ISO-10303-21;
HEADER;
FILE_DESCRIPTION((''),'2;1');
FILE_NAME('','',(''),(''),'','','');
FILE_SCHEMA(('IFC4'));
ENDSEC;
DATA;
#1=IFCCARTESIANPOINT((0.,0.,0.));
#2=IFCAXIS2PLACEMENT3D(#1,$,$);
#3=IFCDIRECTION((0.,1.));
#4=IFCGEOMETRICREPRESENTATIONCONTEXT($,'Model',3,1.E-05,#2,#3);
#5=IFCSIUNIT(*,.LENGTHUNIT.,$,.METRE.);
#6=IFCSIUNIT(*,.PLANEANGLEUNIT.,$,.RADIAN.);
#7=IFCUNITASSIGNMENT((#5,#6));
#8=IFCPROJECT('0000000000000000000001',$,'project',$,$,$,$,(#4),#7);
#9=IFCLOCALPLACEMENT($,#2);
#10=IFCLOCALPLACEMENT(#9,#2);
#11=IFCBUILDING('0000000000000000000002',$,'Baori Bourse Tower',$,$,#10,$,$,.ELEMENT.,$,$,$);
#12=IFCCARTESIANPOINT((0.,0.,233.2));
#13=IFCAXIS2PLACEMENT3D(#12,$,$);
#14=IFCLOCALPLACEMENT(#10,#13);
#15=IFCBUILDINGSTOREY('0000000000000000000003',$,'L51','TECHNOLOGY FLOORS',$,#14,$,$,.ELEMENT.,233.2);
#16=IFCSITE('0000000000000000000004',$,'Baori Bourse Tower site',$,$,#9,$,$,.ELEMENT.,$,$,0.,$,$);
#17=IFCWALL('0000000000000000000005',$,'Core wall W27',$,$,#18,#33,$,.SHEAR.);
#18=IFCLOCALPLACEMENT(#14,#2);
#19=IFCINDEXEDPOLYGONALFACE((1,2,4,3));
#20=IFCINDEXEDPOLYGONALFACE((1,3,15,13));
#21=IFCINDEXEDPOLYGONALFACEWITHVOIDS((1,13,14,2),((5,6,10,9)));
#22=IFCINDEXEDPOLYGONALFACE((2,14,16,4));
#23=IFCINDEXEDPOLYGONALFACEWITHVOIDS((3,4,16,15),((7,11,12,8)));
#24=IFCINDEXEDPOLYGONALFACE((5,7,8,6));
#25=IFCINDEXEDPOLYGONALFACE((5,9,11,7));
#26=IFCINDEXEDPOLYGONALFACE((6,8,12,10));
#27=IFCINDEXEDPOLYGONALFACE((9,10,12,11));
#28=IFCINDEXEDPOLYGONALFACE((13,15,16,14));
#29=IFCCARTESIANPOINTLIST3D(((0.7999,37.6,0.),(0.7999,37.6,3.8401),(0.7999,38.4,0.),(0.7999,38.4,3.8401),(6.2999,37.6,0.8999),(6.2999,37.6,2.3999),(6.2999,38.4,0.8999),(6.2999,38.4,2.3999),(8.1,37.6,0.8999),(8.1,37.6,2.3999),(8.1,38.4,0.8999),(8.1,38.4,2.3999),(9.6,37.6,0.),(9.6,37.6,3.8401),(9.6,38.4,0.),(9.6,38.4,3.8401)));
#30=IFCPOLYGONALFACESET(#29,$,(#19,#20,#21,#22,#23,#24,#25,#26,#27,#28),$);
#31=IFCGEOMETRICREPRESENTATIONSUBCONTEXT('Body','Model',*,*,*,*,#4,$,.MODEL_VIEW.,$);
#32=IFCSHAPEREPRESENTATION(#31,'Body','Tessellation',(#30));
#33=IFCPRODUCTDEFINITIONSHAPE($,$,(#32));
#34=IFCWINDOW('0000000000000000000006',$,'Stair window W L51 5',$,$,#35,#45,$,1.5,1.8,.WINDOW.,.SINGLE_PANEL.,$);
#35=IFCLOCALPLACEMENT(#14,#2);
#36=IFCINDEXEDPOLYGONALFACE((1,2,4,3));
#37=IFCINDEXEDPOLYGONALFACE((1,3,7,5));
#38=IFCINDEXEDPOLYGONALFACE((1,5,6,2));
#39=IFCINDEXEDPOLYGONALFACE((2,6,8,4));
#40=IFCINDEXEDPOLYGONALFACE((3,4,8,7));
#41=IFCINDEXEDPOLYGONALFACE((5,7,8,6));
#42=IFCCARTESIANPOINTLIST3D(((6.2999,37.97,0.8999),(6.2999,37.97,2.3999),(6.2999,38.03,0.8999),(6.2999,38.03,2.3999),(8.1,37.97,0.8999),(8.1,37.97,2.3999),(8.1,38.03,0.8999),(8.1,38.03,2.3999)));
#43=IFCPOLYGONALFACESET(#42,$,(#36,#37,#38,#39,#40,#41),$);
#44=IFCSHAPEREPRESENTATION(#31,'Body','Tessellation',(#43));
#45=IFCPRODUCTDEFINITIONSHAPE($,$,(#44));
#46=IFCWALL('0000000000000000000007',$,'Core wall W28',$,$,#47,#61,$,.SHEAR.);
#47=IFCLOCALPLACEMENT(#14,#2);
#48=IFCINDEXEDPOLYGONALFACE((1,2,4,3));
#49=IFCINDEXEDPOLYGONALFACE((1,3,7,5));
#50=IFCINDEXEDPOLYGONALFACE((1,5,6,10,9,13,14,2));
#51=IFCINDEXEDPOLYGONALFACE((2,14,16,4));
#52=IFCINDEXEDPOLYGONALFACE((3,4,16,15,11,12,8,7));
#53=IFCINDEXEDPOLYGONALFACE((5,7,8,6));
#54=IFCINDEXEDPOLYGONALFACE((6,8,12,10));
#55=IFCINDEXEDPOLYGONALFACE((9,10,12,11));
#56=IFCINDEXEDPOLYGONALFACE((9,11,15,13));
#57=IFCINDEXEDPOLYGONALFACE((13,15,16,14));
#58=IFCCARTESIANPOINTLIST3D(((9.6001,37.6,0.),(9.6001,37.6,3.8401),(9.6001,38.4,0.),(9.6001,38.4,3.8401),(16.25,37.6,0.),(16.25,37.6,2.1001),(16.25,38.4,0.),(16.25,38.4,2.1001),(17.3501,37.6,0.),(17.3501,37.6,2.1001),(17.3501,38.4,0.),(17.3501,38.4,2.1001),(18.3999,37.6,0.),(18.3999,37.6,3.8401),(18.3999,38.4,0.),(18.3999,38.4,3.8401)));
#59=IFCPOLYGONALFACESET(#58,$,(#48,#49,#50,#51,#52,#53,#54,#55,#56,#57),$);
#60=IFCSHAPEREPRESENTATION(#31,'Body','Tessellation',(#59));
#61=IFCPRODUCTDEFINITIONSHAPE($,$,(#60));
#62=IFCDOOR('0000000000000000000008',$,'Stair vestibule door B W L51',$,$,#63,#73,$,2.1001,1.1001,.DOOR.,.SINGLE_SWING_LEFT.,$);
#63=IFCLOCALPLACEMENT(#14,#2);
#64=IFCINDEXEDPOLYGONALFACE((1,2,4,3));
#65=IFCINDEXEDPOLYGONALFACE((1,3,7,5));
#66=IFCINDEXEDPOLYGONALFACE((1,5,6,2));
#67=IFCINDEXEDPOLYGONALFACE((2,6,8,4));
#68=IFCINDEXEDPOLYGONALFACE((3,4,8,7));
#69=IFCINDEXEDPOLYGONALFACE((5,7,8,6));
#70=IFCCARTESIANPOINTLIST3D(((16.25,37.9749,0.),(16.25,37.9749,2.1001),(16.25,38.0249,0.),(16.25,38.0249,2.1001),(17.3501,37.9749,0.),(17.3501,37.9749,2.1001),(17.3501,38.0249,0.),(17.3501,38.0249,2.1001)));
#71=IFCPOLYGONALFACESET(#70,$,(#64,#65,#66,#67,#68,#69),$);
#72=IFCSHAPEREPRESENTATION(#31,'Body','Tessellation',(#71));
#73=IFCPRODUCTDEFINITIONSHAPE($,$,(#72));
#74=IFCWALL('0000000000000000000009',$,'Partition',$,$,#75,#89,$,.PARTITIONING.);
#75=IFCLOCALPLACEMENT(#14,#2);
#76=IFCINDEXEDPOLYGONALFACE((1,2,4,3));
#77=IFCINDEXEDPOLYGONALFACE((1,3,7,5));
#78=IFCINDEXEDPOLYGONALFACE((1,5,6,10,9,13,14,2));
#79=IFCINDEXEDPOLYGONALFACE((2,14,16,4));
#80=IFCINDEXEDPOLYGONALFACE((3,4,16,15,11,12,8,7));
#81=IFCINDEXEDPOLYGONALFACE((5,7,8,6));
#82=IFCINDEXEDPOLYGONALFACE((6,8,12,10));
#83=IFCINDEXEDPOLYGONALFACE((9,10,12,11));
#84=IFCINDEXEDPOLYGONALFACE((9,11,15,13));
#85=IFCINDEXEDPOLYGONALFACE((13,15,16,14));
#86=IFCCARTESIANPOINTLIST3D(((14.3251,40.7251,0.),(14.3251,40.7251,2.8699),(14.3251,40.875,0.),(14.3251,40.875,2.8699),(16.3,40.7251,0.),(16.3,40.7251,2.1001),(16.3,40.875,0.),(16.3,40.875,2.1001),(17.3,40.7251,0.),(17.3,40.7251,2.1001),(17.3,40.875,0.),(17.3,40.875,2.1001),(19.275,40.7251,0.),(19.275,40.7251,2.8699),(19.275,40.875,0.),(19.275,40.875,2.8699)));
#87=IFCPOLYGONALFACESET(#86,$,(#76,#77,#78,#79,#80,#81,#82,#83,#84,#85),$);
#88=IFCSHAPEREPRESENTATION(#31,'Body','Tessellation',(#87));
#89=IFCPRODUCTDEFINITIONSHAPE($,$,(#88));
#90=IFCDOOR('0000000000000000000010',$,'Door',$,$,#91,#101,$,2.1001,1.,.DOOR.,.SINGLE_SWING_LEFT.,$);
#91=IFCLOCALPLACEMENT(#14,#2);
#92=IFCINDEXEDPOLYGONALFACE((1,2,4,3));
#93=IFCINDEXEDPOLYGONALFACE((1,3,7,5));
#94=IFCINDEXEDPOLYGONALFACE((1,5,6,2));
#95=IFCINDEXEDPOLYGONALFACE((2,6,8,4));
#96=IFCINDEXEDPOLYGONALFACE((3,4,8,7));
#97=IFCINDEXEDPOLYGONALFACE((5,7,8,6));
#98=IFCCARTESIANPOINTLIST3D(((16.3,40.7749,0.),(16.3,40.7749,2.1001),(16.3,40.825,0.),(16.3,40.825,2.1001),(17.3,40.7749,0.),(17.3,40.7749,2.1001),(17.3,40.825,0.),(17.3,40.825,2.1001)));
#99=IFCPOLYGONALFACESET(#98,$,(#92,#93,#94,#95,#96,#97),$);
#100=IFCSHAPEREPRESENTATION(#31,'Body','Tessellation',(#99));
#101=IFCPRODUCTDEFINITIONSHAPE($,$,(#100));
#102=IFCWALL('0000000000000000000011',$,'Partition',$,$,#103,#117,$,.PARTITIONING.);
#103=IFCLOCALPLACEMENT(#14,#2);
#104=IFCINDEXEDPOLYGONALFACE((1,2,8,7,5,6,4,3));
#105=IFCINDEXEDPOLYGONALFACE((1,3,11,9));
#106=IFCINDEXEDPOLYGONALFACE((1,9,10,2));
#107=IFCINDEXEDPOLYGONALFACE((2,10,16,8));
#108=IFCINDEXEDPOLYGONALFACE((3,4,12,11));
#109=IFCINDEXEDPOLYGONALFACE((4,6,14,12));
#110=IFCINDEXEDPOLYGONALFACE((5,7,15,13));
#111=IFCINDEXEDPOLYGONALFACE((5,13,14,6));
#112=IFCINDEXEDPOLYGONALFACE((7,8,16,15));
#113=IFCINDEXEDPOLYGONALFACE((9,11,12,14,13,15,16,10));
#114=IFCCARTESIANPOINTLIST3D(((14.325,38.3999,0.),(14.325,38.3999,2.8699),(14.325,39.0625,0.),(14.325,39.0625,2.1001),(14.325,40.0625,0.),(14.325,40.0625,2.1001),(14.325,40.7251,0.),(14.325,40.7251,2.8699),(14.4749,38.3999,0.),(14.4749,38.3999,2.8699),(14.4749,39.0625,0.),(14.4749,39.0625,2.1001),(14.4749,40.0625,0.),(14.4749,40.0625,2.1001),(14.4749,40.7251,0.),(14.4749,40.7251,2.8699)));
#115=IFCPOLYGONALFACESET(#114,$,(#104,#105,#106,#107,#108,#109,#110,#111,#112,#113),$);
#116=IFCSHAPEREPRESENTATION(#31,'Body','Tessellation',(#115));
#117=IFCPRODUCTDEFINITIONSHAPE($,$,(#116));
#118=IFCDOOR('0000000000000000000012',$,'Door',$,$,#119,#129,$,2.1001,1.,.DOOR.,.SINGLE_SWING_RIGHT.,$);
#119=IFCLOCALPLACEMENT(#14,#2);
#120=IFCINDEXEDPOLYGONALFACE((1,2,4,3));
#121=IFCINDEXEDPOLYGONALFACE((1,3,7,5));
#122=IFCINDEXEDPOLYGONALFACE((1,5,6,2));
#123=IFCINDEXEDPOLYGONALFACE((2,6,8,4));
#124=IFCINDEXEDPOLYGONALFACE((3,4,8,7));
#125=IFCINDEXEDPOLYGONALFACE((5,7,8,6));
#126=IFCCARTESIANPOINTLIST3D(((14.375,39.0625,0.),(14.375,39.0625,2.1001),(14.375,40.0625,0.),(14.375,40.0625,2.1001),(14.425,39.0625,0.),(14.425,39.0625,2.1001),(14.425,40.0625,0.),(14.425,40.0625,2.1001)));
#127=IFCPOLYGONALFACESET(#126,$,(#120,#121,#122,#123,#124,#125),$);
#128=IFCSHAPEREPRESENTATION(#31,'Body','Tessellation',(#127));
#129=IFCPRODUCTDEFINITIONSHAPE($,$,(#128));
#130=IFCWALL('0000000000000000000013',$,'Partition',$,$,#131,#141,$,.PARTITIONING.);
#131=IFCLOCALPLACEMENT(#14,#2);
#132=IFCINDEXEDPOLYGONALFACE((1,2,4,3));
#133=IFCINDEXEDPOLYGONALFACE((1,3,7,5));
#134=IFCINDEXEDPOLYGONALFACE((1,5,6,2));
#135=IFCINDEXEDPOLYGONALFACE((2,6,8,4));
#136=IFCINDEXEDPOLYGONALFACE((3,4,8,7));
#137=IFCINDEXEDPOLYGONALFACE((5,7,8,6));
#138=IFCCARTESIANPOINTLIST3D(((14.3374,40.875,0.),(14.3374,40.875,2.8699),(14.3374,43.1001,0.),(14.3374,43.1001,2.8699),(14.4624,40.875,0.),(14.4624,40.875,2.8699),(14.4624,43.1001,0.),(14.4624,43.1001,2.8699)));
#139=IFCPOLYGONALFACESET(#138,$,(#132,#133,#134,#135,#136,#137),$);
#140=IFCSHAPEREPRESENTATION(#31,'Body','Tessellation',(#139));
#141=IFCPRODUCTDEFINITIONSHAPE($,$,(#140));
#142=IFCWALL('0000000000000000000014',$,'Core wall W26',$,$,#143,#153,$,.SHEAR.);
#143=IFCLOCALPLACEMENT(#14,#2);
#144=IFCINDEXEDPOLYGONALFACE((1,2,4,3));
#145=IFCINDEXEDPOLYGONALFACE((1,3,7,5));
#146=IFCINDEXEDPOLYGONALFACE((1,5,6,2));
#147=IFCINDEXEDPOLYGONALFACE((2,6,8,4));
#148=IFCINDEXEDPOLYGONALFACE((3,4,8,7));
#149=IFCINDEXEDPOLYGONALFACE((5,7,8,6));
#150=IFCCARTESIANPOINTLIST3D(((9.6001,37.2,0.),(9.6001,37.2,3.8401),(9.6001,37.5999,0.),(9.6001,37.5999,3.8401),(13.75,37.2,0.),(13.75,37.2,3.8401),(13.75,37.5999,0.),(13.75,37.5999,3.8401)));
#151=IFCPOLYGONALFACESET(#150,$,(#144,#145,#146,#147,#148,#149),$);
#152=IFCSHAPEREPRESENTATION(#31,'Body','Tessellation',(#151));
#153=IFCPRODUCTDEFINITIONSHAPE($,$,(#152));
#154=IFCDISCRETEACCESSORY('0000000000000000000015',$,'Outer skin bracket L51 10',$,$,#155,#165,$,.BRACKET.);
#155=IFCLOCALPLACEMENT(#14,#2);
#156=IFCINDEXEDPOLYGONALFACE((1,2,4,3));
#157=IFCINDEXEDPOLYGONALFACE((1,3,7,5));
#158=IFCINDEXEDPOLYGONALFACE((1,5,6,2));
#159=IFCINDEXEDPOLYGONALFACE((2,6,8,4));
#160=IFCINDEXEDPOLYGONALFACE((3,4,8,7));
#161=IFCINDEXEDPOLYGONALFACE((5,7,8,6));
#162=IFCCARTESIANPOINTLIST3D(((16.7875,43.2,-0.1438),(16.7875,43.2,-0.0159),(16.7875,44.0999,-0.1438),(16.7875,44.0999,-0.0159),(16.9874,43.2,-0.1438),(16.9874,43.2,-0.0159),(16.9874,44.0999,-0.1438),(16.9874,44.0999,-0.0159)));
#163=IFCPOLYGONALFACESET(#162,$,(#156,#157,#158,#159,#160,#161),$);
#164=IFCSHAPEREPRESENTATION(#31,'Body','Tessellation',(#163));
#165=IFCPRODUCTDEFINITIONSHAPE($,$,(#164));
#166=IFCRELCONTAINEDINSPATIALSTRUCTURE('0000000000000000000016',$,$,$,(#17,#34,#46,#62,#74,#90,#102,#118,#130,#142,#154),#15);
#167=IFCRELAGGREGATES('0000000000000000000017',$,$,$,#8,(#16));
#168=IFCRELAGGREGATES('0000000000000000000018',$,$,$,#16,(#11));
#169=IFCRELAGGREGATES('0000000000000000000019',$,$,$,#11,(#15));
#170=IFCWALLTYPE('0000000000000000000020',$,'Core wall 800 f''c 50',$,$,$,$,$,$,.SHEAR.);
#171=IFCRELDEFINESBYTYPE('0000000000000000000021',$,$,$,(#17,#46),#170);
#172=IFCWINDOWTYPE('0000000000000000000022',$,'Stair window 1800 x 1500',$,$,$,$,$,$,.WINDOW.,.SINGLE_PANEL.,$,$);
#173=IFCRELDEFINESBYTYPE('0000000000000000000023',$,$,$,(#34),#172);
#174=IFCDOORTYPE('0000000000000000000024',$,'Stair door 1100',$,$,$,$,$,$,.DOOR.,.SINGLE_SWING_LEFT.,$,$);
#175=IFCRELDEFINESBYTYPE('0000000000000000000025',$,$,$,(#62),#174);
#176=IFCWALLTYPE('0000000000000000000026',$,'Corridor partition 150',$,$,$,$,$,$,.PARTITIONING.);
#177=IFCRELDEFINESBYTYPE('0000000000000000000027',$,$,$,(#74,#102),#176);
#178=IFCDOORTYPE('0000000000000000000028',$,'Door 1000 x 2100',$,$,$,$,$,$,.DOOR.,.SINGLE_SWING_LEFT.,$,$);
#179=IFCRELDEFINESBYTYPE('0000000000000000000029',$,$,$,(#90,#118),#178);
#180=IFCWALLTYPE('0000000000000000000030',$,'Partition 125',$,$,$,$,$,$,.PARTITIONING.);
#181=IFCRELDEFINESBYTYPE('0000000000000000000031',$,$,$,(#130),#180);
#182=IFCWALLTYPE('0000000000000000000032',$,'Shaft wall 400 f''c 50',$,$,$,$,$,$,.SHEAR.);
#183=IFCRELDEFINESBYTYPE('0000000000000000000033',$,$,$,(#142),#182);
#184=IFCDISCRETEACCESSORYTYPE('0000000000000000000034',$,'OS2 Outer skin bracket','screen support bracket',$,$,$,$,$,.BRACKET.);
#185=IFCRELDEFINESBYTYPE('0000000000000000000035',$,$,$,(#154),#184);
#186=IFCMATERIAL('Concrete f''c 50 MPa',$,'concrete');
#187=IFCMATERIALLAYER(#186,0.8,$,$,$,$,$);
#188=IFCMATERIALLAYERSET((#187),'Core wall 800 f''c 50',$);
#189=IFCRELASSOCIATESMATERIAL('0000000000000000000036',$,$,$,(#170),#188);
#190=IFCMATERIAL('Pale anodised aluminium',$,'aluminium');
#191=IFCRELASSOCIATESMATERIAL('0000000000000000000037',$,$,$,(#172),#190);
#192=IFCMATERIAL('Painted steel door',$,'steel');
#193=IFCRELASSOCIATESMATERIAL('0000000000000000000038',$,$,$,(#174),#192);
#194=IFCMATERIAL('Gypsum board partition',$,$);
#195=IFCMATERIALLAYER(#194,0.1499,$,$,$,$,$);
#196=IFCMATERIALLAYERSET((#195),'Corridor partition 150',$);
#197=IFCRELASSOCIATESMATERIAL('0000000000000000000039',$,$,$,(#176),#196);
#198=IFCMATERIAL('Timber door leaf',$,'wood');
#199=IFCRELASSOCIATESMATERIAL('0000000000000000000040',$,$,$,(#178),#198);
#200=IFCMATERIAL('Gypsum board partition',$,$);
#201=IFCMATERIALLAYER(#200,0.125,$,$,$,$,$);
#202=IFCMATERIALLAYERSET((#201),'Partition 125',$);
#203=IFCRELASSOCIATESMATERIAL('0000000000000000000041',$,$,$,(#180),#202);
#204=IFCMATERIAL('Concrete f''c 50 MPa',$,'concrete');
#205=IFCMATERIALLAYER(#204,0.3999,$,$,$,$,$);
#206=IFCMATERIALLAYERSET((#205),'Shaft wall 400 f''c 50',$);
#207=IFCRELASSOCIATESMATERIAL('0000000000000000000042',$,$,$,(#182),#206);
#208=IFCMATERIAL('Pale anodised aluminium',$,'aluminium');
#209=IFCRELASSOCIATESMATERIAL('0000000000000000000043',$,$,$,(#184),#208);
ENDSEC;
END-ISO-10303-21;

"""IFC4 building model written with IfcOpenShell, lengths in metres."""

from ifc_helpers import new_model, si_unit, direction, frame, frame_2d, origin, origin_2d, place, context, subcontext, project, spatial, rectangle, extrude, material, layer, layer_set, type_object, element, fill, save


model = new_model("IFC4")

# Units and contexts
model_context = context("Model", 3, precision=1e-05, world=origin(), true_north=direction((0.0, 1.0)))
body_context = subcontext(model_context, "Body", "Model", "MODEL_VIEW")
ifc_project = project(units=[si_unit("LENGTHUNIT", "METRE"), si_unit("PLANEANGLEUNIT", "RADIAN")], contexts=[model_context])

# Site, building, storey
site_placement = place(None, origin())
site = spatial("IfcSite", under=ifc_project, at=site_placement, Name="Baori Bourse Tower site", CompositionType="ELEMENT", RefElevation=0.0)
building_placement = place(site_placement, origin())
building = spatial("IfcBuilding", under=site, at=building_placement, Name="Baori Bourse Tower", CompositionType="ELEMENT")
storey_placement = place(building_placement, frame((0.0, 0.0, 233.2)))
storey = spatial("IfcBuildingStorey", under=building, at=storey_placement, Name="L51", Description="TECHNOLOGY FLOORS", CompositionType="ELEMENT", Elevation=233.2)

# Wall, opening, window
ifc_material_1 = material(Name="Concrete f'c 50 MPa", Category="concrete")
ifc_layer_1 = layer(ifc_material_1, 0.8)
ifc_layer_set_1 = layer_set([ifc_layer_1], Name="Core wall 800 f'c 50")
wall_type_1 = type_object("IfcWallType", Name="Core wall 800 f'c 50", PredefinedType="SHEAR", material=ifc_layer_set_1)
wall_1_placement = place(storey_placement, frame((0.8, 38.0, 0.0), z_axis=(0.0, 0.0, 1.0), x_axis=(1.0, 0.0, 0.0)))
wall_1 = element("IfcWall", 1, at=wall_1_placement, inside=storey, type_object=wall_type_1, Name="Core wall W27", PredefinedType="SHEAR", context=body_context, shape_type="SweptSolid", body=[
    extrude(rectangle(XDim=8.8, YDim=0.8, at=frame_2d((4.3999, 0.0))), origin(), (0.0, 0.0, 1.0), 3.8401),
])
opening_1_placement = place(wall_1_placement, frame((5.5, 0.0, 0.8999)))
opening_1 = element("IfcOpeningElement", 2, at=opening_1_placement, cuts=wall_1, PredefinedType="OPENING", context=body_context, shape_type="SweptSolid", body=[
    extrude(rectangle(XDim=1.8, YDim=1.5, at=frame_2d((0.8999, 0.75))), frame((0.0, 0.4099, 0.0), z_axis=(0.0, -1.0, 0.0), x_axis=(1.0, 0.0, 0.0)), (0.0, 0.0, 1.0), 0.8201),
])
ifc_material_2 = material(Name="Pale anodised aluminium", Category="aluminium")
window_type = type_object("IfcWindowType", Name="Stair window 1800 x 1500", PartitioningType="SINGLE_PANEL", PredefinedType="WINDOW", material=ifc_material_2)
window_placement = place(opening_1_placement, origin())
window = element("IfcWindow", 3, at=window_placement, inside=storey, type_object=window_type, Name="Stair window W L51 5", OverallHeight=1.5, OverallWidth=1.8, PartitioningType="SINGLE_PANEL", PredefinedType="WINDOW", context=body_context, shape_type="SweptSolid", body=[
    extrude(rectangle(XDim=1.8, YDim=1.5, at=frame_2d((0.8999, 0.75))), frame((0.0, 0.03, 0.0), z_axis=(0.0, -1.0, 0.0), x_axis=(1.0, 0.0, 0.0)), (0.0, 0.0, 1.0), 0.0601),
])
fill(opening_1, window)

# Walls, openings, doors
wall_2_placement = place(storey_placement, frame((9.6001, 38.0, 0.0), z_axis=(0.0, 0.0, 1.0), x_axis=(1.0, 0.0, 0.0)))
wall_2 = element("IfcWall", 4, at=wall_2_placement, inside=storey, type_object=wall_type_1, Name="Core wall W28", PredefinedType="SHEAR", context=body_context, shape_type="SweptSolid", body=[
    extrude(rectangle(XDim=8.7998, YDim=0.8, at=frame_2d((4.3999, 0.0))), origin(), (0.0, 0.0, 1.0), 3.8401),
])
opening_2_placement = place(wall_2_placement, frame((6.6499, 0.0, 0.0)))
opening_2 = element("IfcOpeningElement", 5, at=opening_2_placement, cuts=wall_2, PredefinedType="OPENING", context=body_context, shape_type="SweptSolid", body=[
    extrude(rectangle(XDim=1.1001, YDim=2.1001, at=frame_2d((0.55, 1.05))), frame((0.0, 0.4099, 0.0), z_axis=(0.0, -1.0, 0.0), x_axis=(1.0, 0.0, 0.0)), (0.0, 0.0, 1.0), 0.8201),
])
ifc_material_3 = material(Name="Painted steel door", Category="steel")
door_type_1 = type_object("IfcDoorType", Name="Stair door 1100", OperationType="SINGLE_SWING_LEFT", PredefinedType="DOOR", material=ifc_material_3)
door_1_placement = place(opening_2_placement, origin())
door_1 = element("IfcDoor", 6, at=door_1_placement, inside=storey, type_object=door_type_1, Name="Stair vestibule door B W L51", OperationType="SINGLE_SWING_LEFT", OverallHeight=2.1001, OverallWidth=1.1001, PredefinedType="DOOR", context=body_context, shape_type="SweptSolid", body=[
    extrude(rectangle(XDim=1.1001, YDim=2.1001, at=frame_2d((0.55, 1.05))), frame((0.0, 0.0249, 0.0), z_axis=(0.0, -1.0, 0.0), x_axis=(1.0, 0.0, 0.0)), (0.0, 0.0, 1.0), 0.05),
])
fill(opening_2, door_1)
ifc_material_4 = material(Name="Gypsum board partition")
ifc_layer_2 = layer(ifc_material_4, 0.1499)
ifc_layer_set_2 = layer_set([ifc_layer_2], Name="Corridor partition 150")
wall_type_2 = type_object("IfcWallType", Name="Corridor partition 150", PredefinedType="PARTITIONING", material=ifc_layer_set_2)
wall_3_placement = place(storey_placement, frame((14.325, 40.8, 0.0), z_axis=(0.0, 0.0, 1.0), x_axis=(1.0, 0.0, 0.0)))
wall_3 = element("IfcWall", 7, at=wall_3_placement, inside=storey, type_object=wall_type_2, Name="Partition", PredefinedType="PARTITIONING", context=body_context, shape_type="SweptSolid", body=[
    extrude(rectangle(XDim=4.95, YDim=0.1499, at=frame_2d((2.4751, 0.0))), origin(), (0.0, 0.0, 1.0), 2.8699),
])
opening_3_placement = place(wall_3_placement, frame((1.9751, 0.0, 0.0)))
opening_3 = element("IfcOpeningElement", 8, at=opening_3_placement, cuts=wall_3, PredefinedType="OPENING", context=body_context, shape_type="SweptSolid", body=[
    extrude(rectangle(XDim=1.0, YDim=2.1001, at=frame_2d((0.5, 1.05))), frame((0.0, 0.085, 0.0), z_axis=(0.0, -1.0, 0.0), x_axis=(1.0, 0.0, 0.0)), (0.0, 0.0, 1.0), 0.1699),
])
ifc_material_5 = material(Name="Timber door leaf", Category="wood")
door_type_2 = type_object("IfcDoorType", Name="Door 1000 x 2100", OperationType="SINGLE_SWING_LEFT", PredefinedType="DOOR", material=ifc_material_5)
door_2_placement = place(opening_3_placement, origin())
door_2 = element("IfcDoor", 9, at=door_2_placement, inside=storey, type_object=door_type_2, Name="Door", OperationType="SINGLE_SWING_LEFT", OverallHeight=2.1001, OverallWidth=1.0, PredefinedType="DOOR", context=body_context, shape_type="SweptSolid", body=[
    extrude(rectangle(XDim=1.0, YDim=2.1001, at=frame_2d((0.5, 1.05))), frame((0.0, 0.0249, 0.0), z_axis=(0.0, -1.0, 0.0), x_axis=(1.0, 0.0, 0.0)), (0.0, 0.0, 1.0), 0.05),
])
fill(opening_3, door_2)
wall_4_placement = place(storey_placement, frame((14.3999, 38.3999, 0.0), z_axis=(0.0, 0.0, 1.0), x_axis=(0.0, 1.0, 0.0)))
wall_4 = element("IfcWall", 10, at=wall_4_placement, inside=storey, type_object=wall_type_2, Name="Partition", PredefinedType="PARTITIONING", context=body_context, shape_type="SweptSolid", body=[
    extrude(rectangle(XDim=2.3252, YDim=0.1499, at=frame_2d((1.1626, 0.0))), origin(), (0.0, 0.0, 1.0), 2.8699),
])
opening_4_placement = place(wall_4_placement, frame((0.6626, 0.0, 0.0)))
opening_4 = element("IfcOpeningElement", 11, at=opening_4_placement, cuts=wall_4, PredefinedType="OPENING", context=body_context, shape_type="SweptSolid", body=[
    extrude(rectangle(XDim=1.0, YDim=2.1001, at=frame_2d((0.5, 1.05))), frame((0.0, 0.085, 0.0), z_axis=(0.0, -1.0, 0.0), x_axis=(1.0, 0.0, 0.0)), (0.0, 0.0, 1.0), 0.1699),
])
door_3_placement = place(opening_4_placement, origin())
door_3 = element("IfcDoor", 12, at=door_3_placement, inside=storey, type_object=door_type_2, Name="Door", OperationType="SINGLE_SWING_RIGHT", OverallHeight=2.1001, OverallWidth=1.0, PredefinedType="DOOR", context=body_context, shape_type="SweptSolid", body=[
    extrude(rectangle(XDim=1.0, YDim=2.1001, at=frame_2d((0.5, 1.05))), frame((0.0, 0.0249, 0.0), z_axis=(0.0, -1.0, 0.0), x_axis=(1.0, 0.0, 0.0)), (0.0, 0.0, 1.0), 0.05),
])
fill(opening_4, door_3)

# Walls
ifc_material_6 = material(Name="Gypsum board partition")
ifc_layer_3 = layer(ifc_material_6, 0.125)
ifc_layer_set_3 = layer_set([ifc_layer_3], Name="Partition 125")
wall_type_3 = type_object("IfcWallType", Name="Partition 125", PredefinedType="PARTITIONING", material=ifc_layer_set_3)
wall_5_placement = place(storey_placement, frame((14.3999, 40.875, 0.0), z_axis=(0.0, 0.0, 1.0), x_axis=(0.0, 1.0, 0.0)))
element("IfcWall", 13, at=wall_5_placement, inside=storey, type_object=wall_type_3, Name="Partition", PredefinedType="PARTITIONING", context=body_context, shape_type="SweptSolid", body=[
    extrude(rectangle(XDim=2.2251, YDim=0.125, at=frame_2d((1.1125, 0.0))), origin(), (0.0, 0.0, 1.0), 2.8699),
])
ifc_material_7 = material(Name="Concrete f'c 50 MPa", Category="concrete")
ifc_layer_4 = layer(ifc_material_7, 0.3999)
ifc_layer_set_4 = layer_set([ifc_layer_4], Name="Shaft wall 400 f'c 50")
wall_type_4 = type_object("IfcWallType", Name="Shaft wall 400 f'c 50", PredefinedType="SHEAR", material=ifc_layer_set_4)
wall_6_placement = place(storey_placement, frame((9.6001, 37.3999, 0.0), z_axis=(0.0, 0.0, 1.0), x_axis=(1.0, 0.0, 0.0)))
element("IfcWall", 14, at=wall_6_placement, inside=storey, type_object=wall_type_4, Name="Core wall W26", PredefinedType="SHEAR", context=body_context, shape_type="SweptSolid", body=[
    extrude(rectangle(XDim=4.1499, YDim=0.3999, at=frame_2d((2.075, 0.0))), origin(), (0.0, 0.0, 1.0), 3.8401),
])

# Discrete accessory
ifc_material_8 = material(Name="Pale anodised aluminium", Category="aluminium")
discrete_accessory_type = type_object("IfcDiscreteAccessoryType", Name="OS2 Outer skin bracket", Description="screen support bracket", PredefinedType="BRACKET", material=ifc_material_8)
for number, where, z_axis, x_axis, name in (
    (15, (16.8875, 43.6499, -0.1438), (0.0, 0.0, 1.0), (-1.0, 0.0, 0.0), "Outer skin bracket L51 10"),
):
    element("IfcDiscreteAccessory", number, at=place(storey_placement, frame(where, z_axis=z_axis, x_axis=x_axis)), inside=storey, type_object=discrete_accessory_type, Name=name, PredefinedType="BRACKET", context=body_context, shape_type="SweptSolid", body=[
        extrude(rectangle(XDim=0.2, YDim=0.8999, at=origin_2d()), origin(), (0.0, 0.0, 1.0), 0.1279),
    ])

save(model, "model.ifc")
